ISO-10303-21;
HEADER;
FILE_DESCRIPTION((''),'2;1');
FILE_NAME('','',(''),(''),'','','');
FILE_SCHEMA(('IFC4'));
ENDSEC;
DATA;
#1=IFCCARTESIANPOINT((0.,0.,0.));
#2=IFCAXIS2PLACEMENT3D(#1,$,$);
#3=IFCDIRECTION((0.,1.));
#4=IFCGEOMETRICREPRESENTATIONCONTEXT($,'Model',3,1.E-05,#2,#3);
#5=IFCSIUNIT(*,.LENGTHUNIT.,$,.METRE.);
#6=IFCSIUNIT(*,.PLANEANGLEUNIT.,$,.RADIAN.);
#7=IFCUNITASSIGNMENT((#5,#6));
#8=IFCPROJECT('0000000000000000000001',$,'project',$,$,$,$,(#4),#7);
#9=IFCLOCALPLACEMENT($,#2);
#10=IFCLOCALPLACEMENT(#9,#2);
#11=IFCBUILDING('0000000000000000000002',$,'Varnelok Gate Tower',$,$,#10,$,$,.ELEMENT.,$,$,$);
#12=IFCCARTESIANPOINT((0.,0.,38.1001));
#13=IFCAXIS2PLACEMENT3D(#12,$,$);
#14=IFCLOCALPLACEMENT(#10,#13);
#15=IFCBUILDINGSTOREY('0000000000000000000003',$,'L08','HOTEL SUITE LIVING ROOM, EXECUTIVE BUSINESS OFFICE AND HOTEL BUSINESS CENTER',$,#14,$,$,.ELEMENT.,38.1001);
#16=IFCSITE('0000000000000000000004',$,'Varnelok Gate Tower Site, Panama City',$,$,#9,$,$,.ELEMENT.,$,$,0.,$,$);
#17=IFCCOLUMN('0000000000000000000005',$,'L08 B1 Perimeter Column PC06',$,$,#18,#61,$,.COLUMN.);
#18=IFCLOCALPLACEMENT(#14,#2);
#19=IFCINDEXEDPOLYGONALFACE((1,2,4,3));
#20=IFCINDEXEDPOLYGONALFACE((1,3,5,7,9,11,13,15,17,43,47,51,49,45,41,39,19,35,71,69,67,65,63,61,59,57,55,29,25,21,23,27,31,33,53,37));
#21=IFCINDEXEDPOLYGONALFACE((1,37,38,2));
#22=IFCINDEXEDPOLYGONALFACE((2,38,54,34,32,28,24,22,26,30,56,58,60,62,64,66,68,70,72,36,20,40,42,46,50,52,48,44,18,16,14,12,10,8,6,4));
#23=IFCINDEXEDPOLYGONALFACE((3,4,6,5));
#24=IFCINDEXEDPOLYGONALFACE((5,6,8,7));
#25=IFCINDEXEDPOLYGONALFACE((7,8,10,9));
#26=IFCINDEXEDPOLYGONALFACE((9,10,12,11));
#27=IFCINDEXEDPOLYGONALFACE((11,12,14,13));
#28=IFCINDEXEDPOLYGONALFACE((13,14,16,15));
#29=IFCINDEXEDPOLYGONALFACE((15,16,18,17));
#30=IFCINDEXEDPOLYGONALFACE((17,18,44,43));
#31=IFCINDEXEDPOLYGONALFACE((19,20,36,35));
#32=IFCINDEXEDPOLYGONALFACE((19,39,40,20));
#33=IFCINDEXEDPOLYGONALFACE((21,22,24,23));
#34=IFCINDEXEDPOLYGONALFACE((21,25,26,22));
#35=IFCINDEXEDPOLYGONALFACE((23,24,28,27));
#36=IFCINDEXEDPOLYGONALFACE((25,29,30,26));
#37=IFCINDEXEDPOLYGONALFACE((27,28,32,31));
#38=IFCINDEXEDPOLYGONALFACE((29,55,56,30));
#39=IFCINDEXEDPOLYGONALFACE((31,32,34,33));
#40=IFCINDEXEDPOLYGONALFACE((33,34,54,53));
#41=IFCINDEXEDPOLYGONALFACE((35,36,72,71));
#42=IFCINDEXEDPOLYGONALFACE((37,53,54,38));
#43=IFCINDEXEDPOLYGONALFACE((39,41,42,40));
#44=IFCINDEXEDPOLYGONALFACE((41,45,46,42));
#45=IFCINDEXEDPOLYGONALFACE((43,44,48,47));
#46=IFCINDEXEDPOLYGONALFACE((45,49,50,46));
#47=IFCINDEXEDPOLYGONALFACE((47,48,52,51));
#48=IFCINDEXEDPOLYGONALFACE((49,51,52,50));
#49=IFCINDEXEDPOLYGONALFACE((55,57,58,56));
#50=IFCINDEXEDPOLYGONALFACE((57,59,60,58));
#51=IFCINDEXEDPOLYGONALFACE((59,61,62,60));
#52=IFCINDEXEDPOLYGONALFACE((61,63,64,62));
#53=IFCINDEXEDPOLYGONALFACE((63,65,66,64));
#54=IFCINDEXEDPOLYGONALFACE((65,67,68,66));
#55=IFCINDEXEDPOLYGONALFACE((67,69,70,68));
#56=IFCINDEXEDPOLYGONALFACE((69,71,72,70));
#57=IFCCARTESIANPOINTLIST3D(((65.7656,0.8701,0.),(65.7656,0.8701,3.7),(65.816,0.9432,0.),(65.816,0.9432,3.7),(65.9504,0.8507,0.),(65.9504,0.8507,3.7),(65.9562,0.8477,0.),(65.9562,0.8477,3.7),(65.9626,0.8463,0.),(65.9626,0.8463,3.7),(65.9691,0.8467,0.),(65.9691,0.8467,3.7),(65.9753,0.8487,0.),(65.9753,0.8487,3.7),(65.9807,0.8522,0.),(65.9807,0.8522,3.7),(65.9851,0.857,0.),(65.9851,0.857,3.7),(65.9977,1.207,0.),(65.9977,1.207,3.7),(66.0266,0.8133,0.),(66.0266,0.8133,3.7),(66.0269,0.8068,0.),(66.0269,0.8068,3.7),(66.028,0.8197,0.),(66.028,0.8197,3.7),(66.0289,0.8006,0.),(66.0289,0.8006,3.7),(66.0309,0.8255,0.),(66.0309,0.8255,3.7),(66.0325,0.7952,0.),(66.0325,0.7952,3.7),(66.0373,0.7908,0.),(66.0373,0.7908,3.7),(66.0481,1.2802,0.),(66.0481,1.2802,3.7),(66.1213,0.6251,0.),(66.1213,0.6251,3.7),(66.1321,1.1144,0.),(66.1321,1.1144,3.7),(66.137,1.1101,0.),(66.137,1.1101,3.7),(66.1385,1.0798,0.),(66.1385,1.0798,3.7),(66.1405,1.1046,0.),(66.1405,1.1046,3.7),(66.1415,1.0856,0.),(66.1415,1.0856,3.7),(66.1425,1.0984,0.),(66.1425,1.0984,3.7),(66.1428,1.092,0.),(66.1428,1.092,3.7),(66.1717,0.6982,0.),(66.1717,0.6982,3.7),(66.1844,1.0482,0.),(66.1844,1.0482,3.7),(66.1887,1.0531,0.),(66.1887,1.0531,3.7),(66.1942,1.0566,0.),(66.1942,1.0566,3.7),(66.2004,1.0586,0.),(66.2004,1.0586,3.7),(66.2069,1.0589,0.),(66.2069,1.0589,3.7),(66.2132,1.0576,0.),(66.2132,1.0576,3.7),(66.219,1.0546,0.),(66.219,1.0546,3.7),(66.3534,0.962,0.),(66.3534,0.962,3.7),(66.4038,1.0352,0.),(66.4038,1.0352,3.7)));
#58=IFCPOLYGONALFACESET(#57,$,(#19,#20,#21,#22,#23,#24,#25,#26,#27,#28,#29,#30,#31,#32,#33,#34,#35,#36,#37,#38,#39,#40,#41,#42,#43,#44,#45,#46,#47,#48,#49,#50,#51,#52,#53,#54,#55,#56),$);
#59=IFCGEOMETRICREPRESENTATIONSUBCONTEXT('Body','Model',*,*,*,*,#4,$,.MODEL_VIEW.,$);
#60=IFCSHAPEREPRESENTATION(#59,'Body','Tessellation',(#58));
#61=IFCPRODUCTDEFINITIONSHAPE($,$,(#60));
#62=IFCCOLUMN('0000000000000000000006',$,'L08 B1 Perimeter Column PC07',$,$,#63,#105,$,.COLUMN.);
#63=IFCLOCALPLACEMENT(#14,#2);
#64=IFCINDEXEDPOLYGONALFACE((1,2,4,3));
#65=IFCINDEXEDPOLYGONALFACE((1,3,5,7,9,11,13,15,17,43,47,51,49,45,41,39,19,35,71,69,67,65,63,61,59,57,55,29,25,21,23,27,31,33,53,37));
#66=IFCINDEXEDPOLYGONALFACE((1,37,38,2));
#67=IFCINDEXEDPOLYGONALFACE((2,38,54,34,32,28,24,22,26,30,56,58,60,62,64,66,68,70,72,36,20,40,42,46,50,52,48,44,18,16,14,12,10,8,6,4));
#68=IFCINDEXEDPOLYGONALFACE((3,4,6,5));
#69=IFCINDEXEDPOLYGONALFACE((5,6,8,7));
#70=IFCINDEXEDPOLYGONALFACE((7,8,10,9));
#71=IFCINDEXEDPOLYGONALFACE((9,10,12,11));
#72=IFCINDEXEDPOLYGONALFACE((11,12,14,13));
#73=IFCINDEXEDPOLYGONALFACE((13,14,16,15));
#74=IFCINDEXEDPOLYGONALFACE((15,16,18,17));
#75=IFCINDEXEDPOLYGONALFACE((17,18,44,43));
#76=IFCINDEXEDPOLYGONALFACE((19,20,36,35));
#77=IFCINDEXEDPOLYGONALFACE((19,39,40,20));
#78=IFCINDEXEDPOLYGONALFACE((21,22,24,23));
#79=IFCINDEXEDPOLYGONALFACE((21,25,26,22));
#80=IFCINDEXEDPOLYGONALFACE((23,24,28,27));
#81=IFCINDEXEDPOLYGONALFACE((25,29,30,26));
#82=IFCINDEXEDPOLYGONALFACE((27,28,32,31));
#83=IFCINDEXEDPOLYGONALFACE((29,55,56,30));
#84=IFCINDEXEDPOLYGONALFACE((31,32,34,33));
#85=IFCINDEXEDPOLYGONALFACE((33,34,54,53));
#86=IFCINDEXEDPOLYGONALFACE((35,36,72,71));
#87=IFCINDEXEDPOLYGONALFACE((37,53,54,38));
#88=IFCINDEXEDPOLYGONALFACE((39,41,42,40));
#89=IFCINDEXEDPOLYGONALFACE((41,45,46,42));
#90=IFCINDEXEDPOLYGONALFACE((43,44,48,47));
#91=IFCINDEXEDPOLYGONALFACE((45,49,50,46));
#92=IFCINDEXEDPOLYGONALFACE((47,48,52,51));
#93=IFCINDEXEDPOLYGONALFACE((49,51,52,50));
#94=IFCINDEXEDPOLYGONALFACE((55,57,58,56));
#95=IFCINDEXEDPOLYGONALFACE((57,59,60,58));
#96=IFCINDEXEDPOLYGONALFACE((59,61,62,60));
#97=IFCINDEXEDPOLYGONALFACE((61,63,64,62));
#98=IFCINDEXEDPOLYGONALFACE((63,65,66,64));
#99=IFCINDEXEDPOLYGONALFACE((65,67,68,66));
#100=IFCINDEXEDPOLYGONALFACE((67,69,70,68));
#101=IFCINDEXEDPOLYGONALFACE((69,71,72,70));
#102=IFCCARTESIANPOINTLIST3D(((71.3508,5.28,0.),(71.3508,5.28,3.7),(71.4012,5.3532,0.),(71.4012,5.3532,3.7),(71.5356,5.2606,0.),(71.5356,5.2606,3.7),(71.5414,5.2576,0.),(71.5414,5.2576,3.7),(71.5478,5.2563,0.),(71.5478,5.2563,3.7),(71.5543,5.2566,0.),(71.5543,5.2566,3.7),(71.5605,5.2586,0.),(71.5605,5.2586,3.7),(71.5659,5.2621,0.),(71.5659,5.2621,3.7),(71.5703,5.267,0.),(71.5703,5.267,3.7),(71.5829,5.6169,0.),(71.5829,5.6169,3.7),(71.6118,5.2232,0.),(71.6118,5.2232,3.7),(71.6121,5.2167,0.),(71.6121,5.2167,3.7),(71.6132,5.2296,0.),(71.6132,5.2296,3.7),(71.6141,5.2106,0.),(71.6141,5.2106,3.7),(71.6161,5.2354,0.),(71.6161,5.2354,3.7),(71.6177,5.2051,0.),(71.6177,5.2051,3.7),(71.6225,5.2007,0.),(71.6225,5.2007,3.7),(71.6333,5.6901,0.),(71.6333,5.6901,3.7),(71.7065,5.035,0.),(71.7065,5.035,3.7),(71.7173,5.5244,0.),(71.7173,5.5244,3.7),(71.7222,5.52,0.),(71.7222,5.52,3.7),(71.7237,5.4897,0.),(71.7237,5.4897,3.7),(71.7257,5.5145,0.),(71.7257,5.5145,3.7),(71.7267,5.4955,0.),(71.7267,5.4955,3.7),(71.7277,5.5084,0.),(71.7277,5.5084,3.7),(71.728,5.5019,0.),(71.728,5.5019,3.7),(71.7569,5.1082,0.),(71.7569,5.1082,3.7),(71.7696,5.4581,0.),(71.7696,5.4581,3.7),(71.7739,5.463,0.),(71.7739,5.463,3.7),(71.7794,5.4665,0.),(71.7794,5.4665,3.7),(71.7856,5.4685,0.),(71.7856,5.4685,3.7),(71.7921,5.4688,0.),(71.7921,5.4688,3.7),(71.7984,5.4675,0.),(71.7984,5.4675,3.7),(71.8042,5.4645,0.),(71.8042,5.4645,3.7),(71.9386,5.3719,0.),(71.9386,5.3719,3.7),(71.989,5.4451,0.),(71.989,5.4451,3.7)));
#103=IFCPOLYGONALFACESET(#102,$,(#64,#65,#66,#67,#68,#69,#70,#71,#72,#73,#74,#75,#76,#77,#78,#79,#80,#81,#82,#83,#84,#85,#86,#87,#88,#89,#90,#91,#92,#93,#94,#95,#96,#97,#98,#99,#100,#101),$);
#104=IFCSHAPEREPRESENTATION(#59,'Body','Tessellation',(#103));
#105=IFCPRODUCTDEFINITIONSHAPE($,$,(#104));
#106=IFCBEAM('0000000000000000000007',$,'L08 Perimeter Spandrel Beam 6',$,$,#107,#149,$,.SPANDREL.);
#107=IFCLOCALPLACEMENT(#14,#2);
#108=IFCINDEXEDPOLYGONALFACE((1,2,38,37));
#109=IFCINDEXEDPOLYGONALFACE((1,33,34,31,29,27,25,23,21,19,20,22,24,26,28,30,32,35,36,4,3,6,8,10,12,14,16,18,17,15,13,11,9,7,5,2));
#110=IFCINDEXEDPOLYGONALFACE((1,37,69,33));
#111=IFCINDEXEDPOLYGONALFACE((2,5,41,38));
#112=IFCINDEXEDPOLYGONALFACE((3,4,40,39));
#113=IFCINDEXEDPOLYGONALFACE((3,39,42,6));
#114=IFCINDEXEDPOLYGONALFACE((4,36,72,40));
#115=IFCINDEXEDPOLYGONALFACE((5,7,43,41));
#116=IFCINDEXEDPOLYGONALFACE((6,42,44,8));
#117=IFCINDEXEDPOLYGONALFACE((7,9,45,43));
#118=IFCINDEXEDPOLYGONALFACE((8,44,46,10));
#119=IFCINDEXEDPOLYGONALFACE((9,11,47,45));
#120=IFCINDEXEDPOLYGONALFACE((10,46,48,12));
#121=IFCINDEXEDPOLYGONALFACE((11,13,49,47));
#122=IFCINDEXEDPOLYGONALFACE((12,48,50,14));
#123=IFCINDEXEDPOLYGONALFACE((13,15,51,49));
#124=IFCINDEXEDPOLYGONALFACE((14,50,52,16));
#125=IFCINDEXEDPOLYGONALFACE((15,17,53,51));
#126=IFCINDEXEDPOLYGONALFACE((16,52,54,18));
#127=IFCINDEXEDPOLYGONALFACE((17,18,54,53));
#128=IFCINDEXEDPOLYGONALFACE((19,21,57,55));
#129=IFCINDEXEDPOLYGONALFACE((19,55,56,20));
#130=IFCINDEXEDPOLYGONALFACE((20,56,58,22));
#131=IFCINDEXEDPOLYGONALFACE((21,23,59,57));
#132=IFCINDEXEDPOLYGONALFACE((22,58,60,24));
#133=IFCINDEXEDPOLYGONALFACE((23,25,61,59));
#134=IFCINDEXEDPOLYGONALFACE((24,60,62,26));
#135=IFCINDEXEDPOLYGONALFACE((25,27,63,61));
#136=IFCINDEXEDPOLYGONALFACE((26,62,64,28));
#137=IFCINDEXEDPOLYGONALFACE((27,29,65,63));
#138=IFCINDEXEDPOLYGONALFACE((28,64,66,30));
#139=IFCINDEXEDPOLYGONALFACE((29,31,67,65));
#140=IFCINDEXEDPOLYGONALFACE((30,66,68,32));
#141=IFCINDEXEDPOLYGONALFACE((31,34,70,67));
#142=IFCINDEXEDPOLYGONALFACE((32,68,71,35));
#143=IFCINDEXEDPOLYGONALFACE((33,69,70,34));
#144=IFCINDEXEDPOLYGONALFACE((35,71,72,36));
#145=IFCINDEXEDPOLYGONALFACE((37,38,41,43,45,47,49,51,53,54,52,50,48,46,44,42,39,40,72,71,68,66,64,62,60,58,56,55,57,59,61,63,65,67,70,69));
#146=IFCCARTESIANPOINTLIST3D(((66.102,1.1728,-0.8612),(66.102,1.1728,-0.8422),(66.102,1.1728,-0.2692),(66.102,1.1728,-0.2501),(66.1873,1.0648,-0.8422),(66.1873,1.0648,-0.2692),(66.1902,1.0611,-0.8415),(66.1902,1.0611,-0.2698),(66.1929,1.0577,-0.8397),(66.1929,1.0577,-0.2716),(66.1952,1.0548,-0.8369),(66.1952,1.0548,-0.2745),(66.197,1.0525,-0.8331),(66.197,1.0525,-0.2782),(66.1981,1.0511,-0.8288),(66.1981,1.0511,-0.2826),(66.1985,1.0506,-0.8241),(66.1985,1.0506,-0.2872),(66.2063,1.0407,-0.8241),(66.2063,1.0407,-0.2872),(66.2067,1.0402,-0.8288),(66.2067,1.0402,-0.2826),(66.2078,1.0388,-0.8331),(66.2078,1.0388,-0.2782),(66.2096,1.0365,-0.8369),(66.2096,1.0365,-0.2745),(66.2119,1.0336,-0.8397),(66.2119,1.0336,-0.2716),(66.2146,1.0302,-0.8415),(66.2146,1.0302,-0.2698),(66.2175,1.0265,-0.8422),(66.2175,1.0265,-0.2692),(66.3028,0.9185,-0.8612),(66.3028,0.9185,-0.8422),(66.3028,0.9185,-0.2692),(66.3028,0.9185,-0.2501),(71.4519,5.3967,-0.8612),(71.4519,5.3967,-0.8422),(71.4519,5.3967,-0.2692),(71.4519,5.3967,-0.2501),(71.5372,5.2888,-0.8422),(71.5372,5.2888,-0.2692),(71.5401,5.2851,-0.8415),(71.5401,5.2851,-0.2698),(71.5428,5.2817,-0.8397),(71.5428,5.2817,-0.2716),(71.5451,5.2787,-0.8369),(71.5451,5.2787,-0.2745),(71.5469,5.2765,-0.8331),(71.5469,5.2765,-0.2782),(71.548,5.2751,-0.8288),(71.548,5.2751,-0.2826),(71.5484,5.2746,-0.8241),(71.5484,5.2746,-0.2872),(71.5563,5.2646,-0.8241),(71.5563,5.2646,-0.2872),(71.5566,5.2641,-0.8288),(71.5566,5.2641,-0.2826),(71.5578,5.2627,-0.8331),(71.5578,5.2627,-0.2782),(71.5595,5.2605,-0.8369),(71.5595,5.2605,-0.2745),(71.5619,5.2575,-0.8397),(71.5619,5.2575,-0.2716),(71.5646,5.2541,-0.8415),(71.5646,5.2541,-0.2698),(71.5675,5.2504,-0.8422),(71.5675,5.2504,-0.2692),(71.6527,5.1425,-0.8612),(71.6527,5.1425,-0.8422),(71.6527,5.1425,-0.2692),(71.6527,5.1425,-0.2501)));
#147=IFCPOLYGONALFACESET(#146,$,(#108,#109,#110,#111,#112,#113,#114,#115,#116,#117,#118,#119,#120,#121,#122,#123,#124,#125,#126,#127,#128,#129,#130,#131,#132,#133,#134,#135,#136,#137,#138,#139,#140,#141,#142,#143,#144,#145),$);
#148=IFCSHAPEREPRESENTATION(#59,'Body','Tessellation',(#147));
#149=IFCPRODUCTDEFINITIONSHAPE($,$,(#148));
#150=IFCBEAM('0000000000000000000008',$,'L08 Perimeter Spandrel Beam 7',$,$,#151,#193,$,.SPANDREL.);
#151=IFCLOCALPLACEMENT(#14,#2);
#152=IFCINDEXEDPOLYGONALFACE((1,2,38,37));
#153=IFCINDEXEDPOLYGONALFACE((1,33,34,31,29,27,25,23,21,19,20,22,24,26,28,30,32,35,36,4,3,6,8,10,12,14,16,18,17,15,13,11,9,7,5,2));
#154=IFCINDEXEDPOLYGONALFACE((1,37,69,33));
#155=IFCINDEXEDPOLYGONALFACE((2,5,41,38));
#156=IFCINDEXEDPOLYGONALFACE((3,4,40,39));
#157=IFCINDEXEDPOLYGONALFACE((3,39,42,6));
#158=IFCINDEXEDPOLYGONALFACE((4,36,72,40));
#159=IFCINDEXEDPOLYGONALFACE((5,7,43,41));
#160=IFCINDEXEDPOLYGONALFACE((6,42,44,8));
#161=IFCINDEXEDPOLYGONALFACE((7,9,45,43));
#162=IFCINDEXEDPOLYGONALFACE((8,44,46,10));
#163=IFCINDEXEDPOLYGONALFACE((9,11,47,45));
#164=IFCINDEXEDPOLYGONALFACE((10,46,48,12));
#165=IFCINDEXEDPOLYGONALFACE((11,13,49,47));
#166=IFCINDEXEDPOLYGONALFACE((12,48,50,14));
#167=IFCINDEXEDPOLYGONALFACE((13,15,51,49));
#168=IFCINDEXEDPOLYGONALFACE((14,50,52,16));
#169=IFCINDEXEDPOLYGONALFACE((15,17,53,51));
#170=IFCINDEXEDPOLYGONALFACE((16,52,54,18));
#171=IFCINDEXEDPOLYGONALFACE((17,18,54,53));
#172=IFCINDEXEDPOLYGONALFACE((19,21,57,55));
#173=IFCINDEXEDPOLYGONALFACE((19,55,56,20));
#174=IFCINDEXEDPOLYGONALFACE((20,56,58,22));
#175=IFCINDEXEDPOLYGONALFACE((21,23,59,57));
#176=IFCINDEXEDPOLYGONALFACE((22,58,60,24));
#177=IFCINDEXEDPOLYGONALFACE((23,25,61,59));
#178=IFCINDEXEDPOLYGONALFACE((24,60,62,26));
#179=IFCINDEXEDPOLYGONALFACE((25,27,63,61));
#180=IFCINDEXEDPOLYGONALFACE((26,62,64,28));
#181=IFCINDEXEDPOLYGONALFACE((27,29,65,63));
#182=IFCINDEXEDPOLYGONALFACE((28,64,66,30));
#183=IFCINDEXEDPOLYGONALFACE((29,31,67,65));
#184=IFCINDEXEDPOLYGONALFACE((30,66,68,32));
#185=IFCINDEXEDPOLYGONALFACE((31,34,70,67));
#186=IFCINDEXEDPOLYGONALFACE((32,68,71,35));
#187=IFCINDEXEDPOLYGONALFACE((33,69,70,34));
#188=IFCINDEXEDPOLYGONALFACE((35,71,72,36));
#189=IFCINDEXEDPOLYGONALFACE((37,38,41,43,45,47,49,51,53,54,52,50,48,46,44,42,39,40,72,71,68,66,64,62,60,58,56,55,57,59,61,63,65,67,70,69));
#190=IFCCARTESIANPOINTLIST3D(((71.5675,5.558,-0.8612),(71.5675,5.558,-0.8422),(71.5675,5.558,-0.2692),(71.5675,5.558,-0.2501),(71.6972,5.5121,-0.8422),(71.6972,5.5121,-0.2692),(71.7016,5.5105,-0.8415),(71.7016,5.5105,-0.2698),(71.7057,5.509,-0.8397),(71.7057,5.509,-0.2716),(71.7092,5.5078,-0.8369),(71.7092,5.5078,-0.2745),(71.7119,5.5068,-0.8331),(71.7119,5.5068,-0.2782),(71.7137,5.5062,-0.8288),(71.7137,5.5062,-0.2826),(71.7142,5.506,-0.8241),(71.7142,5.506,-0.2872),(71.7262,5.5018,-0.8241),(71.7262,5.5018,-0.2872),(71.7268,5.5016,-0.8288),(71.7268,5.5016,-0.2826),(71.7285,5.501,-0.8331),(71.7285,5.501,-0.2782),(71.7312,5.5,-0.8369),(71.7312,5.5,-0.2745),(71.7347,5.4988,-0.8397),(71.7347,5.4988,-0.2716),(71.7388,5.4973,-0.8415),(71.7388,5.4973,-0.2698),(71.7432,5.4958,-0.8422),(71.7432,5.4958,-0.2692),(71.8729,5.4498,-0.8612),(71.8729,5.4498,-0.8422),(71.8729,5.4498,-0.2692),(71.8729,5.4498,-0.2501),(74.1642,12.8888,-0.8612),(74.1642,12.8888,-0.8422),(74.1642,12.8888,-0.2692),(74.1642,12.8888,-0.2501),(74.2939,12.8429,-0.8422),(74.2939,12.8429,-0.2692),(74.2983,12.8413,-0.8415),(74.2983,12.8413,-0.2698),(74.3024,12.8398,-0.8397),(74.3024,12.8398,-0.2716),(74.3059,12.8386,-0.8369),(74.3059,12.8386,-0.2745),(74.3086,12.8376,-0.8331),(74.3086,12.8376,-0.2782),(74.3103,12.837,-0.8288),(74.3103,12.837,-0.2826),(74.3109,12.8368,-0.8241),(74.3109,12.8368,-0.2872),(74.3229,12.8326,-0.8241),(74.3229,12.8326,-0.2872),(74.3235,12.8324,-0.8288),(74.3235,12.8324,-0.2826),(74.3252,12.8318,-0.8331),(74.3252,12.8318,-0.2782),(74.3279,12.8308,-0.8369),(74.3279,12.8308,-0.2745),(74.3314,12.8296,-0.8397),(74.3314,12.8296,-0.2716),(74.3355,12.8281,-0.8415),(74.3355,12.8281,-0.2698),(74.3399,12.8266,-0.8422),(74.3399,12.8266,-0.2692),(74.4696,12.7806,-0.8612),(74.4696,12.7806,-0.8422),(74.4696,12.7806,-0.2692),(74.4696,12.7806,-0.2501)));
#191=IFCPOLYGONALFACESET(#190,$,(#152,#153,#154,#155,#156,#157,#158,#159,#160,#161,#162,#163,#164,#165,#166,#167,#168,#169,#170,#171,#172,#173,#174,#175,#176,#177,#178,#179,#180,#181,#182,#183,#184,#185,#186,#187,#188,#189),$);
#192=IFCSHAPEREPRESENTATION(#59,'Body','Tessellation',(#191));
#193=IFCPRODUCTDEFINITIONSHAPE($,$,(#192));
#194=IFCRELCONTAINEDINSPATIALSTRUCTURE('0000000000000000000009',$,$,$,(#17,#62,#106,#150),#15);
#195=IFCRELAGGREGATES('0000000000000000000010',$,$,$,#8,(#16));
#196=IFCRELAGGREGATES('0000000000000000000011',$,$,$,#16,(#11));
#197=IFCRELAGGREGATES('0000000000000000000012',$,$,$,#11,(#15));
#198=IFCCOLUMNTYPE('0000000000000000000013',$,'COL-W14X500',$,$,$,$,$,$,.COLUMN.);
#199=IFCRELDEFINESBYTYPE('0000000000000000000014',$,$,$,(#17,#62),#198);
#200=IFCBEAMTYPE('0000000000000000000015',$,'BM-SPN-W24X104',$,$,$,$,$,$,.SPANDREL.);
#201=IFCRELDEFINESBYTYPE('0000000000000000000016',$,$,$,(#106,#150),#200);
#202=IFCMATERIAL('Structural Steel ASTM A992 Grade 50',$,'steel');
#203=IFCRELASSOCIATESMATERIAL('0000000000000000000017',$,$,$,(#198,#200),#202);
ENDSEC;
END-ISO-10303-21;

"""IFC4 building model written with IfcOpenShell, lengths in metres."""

from ifc_helpers import new_model, si_unit, direction, frame, origin, origin_2d, place, context, subcontext, project, spatial, i_section, extrude, material, material_profile, profile_set, type_object, element, save


model = new_model("IFC4")

# Units and contexts
model_context = context("Model", 3, precision=1e-05, world=origin(), true_north=direction((0.0, 1.0)))
body_context = subcontext(model_context, "Body", "Model", "MODEL_VIEW")
ifc_project = project(units=[si_unit("LENGTHUNIT", "METRE"), si_unit("PLANEANGLEUNIT", "RADIAN")], contexts=[model_context])

# Site, building, storey
site_placement = place(None, origin())
site = spatial("IfcSite", under=ifc_project, at=site_placement, Name="Varnelok Gate Tower Site, Panama City", CompositionType="ELEMENT", RefElevation=0.0)
building_placement = place(site_placement, origin())
building = spatial("IfcBuilding", under=site, at=building_placement, Name="Varnelok Gate Tower", CompositionType="ELEMENT")
storey_placement = place(building_placement, frame((0.0, 0.0, 38.1001)))
storey = spatial("IfcBuildingStorey", under=building, at=storey_placement, Name="L08", Description="HOTEL SUITE LIVING ROOM, EXECUTIVE BUSINESS OFFICE AND HOTEL BUSINESS CENTER", CompositionType="ELEMENT", Elevation=38.1001)

# Columns
ifc_material_1 = material(Name="Structural Steel ASTM A992 Grade 50", Category="steel")
ifc_material_profile_1 = material_profile(ifc_material_1, i_section(OverallWidth=0.4319, OverallDepth=0.498, WebThickness=0.0557, FlangeThickness=0.0889, FilletRadius=0.0249, at=origin_2d()), Name="W14X500")
ifc_profile_set_1 = profile_set([ifc_material_profile_1], Name="Structural Steel ASTM A992 Grade 50")
column_type = type_object("IfcColumnType", Name="COL-W14X500", PredefinedType="COLUMN", material=ifc_profile_set_1)
for number, where, z_axis, x_axis, name in (
    (1, (66.0847, 0.9526, 0.0), (0.0, 0.0, 1.0), (0.823533, -0.567269, 0.0), "L08 B1 Perimeter Column PC06"),
    (2, (71.6699, 5.3625, 0.0), (0.0, 0.0, 1.0), (0.823533, -0.567269, 0.0), "L08 B1 Perimeter Column PC07"),
):
    element("IfcColumn", number, at=place(storey_placement, frame(where, z_axis=z_axis, x_axis=x_axis)), inside=storey, type_object=column_type, Name=name, PredefinedType="COLUMN", context=body_context, shape_type="SweptSolid", body=[
        extrude(i_section(OverallWidth=0.4319, OverallDepth=0.498, WebThickness=0.0557, FlangeThickness=0.0889, FilletRadius=0.0249, at=origin_2d()), origin(), (0.0, 0.0, 1.0), 3.7),
    ])

# Beams
ifc_material_profile_2 = material_profile(ifc_material_1, i_section(OverallWidth=0.324, OverallDepth=0.6111, WebThickness=0.0127, FlangeThickness=0.019, FilletRadius=0.0181, at=origin_2d()), Name="W24X104")
ifc_profile_set_2 = profile_set([ifc_material_profile_2], Name="Structural Steel ASTM A992 Grade 50")
beam_type = type_object("IfcBeamType", Name="BM-SPN-W24X104", PredefinedType="SPANDREL", material=ifc_profile_set_2)
beam_1_placement = place(storey_placement, frame((66.2024, 1.0457, -0.5557), z_axis=(0.784861, 0.619672, 0.0), x_axis=(-0.619672, 0.784861, 0.0)))
element("IfcBeam", 3, at=beam_1_placement, inside=storey, type_object=beam_type, Name="L08 Perimeter Spandrel Beam 6", PredefinedType="SPANDREL", context=body_context, shape_type="SweptSolid", body=[
    extrude(i_section(OverallWidth=0.324, OverallDepth=0.6111, WebThickness=0.0127, FlangeThickness=0.019, FilletRadius=0.0181, at=origin_2d()), origin(), (0.0, 0.0, 1.0), 6.8164),
])
beam_2_placement = place(storey_placement, frame((71.7202, 5.5039, -0.5557), z_axis=(0.333887, 0.942613, 0.0), x_axis=(-0.942613, 0.333887, 0.0)))
element("IfcBeam", 4, at=beam_2_placement, inside=storey, type_object=beam_type, Name="L08 Perimeter Spandrel Beam 7", PredefinedType="SPANDREL", context=body_context, shape_type="SweptSolid", body=[
    extrude(i_section(OverallWidth=0.324, OverallDepth=0.6111, WebThickness=0.0127, FlangeThickness=0.019, FilletRadius=0.0181, at=origin_2d()), origin(), (0.0, 0.0, 1.0), 7.7771),
])

save(model, "model.ifc")
